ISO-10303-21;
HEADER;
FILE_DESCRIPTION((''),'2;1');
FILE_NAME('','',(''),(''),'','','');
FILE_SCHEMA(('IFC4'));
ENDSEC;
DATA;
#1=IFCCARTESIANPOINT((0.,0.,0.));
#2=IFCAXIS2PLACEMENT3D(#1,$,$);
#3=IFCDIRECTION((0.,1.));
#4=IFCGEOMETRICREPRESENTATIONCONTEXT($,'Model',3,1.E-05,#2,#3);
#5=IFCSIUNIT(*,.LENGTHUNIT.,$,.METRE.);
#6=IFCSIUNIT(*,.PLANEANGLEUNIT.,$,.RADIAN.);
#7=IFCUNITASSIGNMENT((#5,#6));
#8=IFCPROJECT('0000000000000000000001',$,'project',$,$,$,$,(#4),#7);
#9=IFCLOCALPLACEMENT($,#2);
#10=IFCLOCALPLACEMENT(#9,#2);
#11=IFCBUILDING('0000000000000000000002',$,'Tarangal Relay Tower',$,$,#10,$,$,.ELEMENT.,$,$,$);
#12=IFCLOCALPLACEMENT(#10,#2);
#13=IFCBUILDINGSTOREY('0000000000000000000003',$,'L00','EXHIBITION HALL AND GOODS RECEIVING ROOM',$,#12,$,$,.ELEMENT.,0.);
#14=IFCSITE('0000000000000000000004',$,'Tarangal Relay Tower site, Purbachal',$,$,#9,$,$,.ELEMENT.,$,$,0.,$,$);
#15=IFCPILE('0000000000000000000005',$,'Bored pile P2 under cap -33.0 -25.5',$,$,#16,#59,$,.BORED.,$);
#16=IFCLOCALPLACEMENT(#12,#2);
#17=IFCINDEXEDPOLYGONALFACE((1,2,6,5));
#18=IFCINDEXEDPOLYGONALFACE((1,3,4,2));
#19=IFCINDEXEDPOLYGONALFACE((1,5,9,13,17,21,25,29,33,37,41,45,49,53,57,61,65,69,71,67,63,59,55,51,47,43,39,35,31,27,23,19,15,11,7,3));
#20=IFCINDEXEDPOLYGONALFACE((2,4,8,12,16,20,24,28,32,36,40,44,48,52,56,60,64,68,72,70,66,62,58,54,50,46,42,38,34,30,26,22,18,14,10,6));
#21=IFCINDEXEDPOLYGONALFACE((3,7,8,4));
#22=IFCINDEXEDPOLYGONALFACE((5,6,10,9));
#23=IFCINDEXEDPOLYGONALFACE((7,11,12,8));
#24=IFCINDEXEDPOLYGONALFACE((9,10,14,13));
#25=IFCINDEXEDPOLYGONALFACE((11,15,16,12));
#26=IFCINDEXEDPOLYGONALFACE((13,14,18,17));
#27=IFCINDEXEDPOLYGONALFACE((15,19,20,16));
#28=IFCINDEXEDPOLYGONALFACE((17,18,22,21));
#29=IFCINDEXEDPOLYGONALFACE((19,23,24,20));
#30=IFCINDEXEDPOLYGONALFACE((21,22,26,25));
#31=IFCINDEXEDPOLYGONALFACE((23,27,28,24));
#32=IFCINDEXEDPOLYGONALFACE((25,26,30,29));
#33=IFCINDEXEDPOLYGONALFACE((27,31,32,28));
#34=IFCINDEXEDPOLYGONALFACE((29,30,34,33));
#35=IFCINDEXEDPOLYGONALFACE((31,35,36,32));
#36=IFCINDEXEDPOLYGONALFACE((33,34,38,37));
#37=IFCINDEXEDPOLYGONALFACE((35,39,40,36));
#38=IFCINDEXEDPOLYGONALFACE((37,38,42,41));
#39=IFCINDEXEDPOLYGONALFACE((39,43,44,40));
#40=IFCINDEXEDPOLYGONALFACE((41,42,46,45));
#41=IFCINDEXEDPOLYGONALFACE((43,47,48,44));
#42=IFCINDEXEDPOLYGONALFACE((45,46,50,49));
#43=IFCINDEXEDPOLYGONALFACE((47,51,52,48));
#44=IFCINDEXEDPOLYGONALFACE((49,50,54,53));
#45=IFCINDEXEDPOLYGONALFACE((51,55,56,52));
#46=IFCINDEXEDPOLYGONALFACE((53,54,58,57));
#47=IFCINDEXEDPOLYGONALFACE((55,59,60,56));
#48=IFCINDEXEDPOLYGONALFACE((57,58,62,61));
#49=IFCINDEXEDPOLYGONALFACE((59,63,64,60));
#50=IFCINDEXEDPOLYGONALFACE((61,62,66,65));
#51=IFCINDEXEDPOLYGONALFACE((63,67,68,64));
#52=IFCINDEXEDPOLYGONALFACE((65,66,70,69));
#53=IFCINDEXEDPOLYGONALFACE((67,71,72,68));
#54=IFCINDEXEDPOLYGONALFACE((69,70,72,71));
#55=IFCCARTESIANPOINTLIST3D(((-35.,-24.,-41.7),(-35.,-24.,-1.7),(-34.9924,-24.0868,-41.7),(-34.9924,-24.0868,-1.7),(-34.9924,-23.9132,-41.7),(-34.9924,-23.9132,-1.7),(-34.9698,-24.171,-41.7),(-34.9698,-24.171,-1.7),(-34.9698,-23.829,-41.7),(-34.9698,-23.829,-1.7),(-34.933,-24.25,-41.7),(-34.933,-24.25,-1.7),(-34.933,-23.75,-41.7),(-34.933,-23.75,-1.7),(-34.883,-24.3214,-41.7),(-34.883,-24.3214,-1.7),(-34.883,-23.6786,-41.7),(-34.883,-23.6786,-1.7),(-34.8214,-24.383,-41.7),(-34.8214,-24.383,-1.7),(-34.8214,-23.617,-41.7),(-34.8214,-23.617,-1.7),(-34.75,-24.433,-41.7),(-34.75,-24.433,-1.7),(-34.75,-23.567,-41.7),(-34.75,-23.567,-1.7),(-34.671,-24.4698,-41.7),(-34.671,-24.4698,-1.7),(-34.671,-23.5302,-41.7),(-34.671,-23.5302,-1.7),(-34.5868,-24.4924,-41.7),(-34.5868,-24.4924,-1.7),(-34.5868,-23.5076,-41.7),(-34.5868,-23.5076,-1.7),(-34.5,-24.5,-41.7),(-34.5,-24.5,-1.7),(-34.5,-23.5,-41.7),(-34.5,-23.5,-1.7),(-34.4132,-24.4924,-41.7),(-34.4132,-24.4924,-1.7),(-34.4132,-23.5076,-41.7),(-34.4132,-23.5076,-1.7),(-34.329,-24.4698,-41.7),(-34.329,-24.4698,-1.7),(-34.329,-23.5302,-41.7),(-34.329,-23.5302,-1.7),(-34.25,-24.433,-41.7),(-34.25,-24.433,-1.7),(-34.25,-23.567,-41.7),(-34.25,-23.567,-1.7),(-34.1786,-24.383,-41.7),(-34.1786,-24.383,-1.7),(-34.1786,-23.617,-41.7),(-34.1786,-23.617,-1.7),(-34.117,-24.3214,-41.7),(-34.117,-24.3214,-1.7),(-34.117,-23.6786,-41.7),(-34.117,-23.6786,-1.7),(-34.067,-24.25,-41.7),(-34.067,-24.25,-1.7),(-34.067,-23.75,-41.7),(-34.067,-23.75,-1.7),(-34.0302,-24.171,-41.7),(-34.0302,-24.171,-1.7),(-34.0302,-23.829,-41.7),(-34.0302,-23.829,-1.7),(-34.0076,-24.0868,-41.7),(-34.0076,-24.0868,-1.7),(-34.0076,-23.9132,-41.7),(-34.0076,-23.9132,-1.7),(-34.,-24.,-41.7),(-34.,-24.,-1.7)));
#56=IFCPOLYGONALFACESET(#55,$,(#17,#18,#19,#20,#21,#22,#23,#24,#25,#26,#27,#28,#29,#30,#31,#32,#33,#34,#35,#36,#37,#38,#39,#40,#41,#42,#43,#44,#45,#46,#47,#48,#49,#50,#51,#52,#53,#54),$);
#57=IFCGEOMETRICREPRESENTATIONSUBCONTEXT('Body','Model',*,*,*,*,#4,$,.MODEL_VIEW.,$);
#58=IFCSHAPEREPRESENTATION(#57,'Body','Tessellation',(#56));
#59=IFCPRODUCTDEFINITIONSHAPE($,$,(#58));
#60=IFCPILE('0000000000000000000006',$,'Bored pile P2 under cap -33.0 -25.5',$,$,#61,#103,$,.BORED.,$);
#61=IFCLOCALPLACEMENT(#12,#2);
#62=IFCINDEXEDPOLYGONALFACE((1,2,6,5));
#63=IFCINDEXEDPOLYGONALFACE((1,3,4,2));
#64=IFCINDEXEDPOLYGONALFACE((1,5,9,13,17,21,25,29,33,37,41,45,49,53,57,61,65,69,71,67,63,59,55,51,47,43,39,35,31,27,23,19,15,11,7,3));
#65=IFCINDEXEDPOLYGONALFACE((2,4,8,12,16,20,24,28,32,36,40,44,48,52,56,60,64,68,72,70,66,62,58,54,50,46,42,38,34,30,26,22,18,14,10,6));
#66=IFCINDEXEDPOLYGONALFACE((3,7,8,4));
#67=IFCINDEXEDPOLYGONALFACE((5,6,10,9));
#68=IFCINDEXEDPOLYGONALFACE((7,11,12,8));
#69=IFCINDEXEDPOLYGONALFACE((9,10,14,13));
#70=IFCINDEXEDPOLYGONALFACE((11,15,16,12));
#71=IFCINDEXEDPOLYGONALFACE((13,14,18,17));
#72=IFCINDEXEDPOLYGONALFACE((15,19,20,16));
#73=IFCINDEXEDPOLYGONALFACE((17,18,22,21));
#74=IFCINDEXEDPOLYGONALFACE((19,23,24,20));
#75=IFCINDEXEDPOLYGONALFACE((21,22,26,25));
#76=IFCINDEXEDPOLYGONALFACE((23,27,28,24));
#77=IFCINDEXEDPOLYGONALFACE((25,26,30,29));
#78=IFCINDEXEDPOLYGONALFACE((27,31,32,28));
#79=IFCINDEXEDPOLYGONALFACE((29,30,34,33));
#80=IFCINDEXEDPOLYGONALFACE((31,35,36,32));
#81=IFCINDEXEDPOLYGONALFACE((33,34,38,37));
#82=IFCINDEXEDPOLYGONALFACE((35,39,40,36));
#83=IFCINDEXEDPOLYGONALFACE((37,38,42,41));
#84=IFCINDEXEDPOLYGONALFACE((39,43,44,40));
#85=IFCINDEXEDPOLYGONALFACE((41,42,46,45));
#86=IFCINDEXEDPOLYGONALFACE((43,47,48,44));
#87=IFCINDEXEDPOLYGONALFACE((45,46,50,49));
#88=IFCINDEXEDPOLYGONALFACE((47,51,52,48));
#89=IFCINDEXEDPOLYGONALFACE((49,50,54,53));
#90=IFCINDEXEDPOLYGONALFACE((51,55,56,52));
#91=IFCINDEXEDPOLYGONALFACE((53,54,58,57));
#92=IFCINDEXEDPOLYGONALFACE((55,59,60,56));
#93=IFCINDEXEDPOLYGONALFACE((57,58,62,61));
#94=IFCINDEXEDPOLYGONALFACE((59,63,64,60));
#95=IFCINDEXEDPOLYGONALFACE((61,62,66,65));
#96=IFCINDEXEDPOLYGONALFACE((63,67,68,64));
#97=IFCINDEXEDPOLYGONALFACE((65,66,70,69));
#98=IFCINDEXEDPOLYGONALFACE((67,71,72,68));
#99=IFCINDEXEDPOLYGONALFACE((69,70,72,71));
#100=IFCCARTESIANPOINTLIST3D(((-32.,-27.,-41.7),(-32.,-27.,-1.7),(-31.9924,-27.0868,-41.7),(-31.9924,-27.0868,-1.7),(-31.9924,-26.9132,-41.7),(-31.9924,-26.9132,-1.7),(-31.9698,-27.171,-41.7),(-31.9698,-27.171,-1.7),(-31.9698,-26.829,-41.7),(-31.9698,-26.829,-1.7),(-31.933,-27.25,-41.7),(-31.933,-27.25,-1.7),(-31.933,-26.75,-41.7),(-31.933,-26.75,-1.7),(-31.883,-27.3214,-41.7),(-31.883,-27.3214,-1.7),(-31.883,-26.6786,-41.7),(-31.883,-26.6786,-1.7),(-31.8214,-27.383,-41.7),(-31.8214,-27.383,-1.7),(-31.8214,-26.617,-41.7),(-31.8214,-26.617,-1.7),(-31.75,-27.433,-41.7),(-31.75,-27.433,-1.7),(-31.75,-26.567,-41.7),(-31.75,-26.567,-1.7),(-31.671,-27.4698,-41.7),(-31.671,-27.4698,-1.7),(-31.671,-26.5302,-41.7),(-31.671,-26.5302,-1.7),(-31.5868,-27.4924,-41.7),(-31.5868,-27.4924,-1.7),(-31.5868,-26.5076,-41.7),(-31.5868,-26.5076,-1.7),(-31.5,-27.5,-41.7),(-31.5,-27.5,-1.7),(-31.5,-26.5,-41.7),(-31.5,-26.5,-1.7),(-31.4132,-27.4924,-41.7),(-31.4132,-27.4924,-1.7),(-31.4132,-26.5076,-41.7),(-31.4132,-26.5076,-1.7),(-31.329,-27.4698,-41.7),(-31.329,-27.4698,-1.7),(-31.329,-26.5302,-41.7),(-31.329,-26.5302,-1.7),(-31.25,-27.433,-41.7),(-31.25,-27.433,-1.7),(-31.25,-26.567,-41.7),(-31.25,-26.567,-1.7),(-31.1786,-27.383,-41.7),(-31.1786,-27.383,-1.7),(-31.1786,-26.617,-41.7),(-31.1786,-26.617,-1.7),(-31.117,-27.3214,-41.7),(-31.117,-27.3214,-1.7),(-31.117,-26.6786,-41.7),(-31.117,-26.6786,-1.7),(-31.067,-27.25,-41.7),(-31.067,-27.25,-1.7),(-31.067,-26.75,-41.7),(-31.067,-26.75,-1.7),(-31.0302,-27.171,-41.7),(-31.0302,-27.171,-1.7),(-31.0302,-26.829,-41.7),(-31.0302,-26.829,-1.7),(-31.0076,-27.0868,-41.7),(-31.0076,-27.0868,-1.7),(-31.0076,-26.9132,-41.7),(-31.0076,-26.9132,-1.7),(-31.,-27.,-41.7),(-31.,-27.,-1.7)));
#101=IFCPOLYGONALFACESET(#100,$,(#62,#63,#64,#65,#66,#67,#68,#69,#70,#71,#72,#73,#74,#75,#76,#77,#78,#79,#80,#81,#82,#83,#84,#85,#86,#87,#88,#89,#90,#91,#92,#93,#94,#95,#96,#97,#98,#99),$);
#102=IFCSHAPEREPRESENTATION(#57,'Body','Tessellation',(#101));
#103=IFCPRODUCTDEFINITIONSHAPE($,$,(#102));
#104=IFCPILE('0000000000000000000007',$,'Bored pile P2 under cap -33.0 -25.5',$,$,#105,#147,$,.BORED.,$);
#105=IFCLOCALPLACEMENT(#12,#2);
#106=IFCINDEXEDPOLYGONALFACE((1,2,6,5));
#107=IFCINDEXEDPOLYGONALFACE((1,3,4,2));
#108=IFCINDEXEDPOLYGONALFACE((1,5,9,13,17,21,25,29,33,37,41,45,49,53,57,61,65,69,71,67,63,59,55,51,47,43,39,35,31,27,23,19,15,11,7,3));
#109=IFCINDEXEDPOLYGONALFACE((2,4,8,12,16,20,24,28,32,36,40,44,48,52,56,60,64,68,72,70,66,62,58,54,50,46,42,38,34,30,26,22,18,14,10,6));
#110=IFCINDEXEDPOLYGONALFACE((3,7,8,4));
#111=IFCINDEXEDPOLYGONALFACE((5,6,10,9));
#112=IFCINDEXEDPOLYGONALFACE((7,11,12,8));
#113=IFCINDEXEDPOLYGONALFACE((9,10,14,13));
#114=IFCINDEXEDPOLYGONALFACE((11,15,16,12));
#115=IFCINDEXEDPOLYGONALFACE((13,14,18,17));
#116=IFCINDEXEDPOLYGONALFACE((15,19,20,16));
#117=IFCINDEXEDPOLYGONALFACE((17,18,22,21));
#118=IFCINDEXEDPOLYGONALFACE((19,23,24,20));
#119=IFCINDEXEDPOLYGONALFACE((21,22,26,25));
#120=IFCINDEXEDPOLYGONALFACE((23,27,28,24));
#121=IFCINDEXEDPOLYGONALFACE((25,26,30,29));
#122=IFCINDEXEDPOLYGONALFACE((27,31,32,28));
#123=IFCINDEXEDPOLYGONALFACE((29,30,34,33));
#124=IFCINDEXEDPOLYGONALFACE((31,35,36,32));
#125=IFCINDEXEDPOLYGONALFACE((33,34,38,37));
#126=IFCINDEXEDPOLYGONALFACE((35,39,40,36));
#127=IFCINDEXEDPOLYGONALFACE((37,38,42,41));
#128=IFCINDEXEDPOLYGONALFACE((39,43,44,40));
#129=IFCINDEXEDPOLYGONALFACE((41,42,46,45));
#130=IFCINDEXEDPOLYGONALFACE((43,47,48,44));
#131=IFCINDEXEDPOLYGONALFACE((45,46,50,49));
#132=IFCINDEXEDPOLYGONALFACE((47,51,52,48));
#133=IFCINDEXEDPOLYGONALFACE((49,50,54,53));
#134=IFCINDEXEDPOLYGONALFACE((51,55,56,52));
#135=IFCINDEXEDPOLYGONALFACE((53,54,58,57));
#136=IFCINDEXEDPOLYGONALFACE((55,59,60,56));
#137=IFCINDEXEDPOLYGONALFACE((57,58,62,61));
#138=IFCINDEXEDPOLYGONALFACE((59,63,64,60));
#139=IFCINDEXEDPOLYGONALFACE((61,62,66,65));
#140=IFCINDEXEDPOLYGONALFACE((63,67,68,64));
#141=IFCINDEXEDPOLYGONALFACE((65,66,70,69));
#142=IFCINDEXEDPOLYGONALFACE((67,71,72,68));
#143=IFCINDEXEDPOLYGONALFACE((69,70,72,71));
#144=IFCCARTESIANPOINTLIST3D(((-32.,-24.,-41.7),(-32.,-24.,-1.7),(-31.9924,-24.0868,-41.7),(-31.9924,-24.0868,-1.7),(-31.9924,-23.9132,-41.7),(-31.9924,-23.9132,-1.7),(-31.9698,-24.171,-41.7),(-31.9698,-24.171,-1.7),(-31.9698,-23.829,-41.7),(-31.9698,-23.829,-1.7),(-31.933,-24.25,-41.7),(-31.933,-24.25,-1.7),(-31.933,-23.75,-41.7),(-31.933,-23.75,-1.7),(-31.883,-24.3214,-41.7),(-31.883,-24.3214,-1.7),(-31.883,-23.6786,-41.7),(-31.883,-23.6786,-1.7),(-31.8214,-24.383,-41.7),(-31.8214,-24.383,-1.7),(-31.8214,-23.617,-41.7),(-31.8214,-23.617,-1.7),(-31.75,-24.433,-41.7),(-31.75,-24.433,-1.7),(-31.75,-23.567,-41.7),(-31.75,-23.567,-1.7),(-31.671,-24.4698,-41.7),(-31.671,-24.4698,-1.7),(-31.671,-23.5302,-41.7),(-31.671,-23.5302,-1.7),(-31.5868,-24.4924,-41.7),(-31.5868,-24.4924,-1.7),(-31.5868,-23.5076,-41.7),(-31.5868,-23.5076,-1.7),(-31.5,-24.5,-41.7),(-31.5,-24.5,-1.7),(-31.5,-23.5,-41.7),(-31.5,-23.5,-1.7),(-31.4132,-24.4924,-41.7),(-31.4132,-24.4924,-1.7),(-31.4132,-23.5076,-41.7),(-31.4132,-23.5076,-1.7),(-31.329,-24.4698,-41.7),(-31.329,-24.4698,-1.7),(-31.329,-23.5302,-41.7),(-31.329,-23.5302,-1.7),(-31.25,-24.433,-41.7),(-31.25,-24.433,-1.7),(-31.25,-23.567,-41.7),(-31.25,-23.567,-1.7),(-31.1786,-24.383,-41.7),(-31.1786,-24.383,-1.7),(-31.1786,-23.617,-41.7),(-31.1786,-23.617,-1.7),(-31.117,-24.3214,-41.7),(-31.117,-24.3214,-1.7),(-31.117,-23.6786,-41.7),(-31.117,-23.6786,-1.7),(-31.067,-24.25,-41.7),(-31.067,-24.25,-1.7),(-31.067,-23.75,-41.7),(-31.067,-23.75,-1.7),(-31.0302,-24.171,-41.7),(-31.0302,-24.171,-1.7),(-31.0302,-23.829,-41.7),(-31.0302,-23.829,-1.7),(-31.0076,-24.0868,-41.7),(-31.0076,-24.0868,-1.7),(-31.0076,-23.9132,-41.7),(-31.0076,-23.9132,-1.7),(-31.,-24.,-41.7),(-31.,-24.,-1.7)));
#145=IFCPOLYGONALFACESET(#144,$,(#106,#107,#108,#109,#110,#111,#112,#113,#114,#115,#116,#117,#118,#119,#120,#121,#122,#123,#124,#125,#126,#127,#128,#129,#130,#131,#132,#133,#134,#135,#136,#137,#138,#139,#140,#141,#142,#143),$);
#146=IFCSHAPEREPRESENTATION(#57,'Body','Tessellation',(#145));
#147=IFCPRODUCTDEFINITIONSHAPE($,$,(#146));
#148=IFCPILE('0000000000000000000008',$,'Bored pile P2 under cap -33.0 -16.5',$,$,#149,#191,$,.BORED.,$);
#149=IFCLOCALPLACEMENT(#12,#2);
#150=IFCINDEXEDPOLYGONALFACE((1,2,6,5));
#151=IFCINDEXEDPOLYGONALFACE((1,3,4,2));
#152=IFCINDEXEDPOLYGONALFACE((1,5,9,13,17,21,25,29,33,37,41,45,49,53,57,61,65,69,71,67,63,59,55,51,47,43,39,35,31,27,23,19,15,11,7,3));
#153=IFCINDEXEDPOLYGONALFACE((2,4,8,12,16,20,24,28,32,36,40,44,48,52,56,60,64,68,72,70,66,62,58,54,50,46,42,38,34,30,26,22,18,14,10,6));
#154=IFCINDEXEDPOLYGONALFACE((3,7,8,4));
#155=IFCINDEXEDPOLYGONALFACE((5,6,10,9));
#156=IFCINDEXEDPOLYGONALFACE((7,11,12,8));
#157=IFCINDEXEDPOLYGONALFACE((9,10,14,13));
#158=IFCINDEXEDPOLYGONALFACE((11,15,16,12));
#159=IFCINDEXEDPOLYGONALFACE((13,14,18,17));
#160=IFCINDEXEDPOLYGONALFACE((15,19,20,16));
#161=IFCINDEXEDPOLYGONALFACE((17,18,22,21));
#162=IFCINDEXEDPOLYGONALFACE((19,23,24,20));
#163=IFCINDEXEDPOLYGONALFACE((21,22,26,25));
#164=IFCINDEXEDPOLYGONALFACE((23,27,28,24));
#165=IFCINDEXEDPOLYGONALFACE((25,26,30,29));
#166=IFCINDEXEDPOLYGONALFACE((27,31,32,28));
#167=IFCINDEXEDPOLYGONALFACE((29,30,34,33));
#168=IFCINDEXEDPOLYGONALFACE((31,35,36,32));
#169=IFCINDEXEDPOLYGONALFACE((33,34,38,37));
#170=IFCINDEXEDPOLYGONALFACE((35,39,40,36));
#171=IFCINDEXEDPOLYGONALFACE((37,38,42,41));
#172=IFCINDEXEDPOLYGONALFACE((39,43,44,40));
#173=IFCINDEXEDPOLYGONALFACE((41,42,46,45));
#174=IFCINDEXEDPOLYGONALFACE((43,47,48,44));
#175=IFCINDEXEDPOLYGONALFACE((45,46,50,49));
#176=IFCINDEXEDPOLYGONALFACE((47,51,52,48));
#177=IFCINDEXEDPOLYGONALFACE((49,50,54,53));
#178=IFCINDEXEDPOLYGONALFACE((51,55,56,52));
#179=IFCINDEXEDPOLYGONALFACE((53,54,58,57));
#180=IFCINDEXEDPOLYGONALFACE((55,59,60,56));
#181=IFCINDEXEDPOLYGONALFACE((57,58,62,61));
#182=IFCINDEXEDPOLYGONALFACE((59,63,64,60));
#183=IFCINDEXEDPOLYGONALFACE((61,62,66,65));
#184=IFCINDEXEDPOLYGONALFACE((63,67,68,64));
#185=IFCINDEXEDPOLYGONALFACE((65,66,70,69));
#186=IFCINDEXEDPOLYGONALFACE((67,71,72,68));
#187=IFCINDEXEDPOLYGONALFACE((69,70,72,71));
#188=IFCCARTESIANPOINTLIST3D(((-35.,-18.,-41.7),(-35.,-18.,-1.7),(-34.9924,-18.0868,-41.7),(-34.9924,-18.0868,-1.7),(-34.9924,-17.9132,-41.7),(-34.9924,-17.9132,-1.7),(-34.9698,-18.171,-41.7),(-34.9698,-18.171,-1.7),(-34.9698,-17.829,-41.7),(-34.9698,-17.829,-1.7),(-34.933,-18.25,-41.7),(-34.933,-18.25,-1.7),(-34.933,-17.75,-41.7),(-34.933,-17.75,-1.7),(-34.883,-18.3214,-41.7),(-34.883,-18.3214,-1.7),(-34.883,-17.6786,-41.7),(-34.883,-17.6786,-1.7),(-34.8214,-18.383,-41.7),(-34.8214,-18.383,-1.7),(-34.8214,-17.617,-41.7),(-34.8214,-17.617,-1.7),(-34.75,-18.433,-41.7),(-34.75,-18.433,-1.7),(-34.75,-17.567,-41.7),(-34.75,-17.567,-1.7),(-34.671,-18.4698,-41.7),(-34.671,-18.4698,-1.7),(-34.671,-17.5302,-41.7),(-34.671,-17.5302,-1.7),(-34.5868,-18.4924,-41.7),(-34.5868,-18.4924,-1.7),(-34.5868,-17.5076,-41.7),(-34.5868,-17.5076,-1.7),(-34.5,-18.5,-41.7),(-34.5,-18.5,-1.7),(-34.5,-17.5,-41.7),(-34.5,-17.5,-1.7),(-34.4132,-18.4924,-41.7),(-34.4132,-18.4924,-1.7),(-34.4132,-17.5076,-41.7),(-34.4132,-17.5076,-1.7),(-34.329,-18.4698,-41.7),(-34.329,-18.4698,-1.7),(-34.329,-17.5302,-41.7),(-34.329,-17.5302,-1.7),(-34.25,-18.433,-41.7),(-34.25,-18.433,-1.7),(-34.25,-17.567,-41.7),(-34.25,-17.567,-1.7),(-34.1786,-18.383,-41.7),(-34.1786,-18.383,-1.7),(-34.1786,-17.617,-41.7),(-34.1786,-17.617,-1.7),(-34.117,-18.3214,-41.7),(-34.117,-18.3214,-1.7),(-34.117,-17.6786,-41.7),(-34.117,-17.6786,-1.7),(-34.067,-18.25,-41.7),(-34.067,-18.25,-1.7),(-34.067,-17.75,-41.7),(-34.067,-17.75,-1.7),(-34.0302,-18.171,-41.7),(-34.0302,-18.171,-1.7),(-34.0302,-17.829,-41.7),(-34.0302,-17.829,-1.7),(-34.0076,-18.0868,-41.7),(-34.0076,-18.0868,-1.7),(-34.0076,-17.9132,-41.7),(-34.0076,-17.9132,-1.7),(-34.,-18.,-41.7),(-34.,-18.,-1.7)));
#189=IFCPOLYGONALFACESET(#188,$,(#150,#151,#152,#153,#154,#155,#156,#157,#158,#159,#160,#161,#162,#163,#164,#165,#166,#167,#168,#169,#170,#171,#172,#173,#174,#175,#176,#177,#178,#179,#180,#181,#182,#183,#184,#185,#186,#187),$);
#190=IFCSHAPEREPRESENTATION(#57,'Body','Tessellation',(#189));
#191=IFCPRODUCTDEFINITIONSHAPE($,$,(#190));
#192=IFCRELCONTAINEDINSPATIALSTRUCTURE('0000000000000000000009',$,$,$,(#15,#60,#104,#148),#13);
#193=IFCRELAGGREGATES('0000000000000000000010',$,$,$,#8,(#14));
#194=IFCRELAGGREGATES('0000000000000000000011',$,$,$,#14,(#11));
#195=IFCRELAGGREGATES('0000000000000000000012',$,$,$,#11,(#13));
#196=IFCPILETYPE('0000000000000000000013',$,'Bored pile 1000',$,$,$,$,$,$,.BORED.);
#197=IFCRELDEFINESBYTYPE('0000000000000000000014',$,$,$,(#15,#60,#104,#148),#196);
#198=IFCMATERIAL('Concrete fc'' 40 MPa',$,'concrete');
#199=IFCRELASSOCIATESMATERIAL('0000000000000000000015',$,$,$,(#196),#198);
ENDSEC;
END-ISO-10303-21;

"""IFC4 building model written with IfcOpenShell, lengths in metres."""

from ifc_helpers import new_model, si_unit, direction, frame, origin, origin_2d, place, context, subcontext, project, spatial, circle, extrude, material, material_profile, profile_set, type_object, element, save


model = new_model("IFC4")

# Units and contexts
model_context = context("Model", 3, precision=1e-05, world=origin(), true_north=direction((0.0, 1.0)))
body_context = subcontext(model_context, "Body", "Model", "MODEL_VIEW")
ifc_project = project(units=[si_unit("LENGTHUNIT", "METRE"), si_unit("PLANEANGLEUNIT", "RADIAN")], contexts=[model_context])

# Site, building, storey
site_placement = place(None, origin())
site = spatial("IfcSite", under=ifc_project, at=site_placement, Name="Tarangal Relay Tower site, Purbachal", CompositionType="ELEMENT", RefElevation=0.0)
building_placement = place(site_placement, origin())
building = spatial("IfcBuilding", under=site, at=building_placement, Name="Tarangal Relay Tower", CompositionType="ELEMENT")
storey_placement = place(building_placement, origin())
storey = spatial("IfcBuildingStorey", under=building, at=storey_placement, Name="L00", Description="EXHIBITION HALL AND GOODS RECEIVING ROOM", CompositionType="ELEMENT", Elevation=0.0)

# Piles
ifc_material_1 = material(Name="Concrete fc' 40 MPa", Category="concrete")
ifc_material_profile_1 = material_profile(ifc_material_1, circle(Radius=0.5, at=origin_2d()), Name="D1000")
ifc_profile_set_1 = profile_set([ifc_material_profile_1], Name="Concrete fc' 40 MPa")
pile_type_1 = type_object("IfcPileType", Name="Bored pile 1000", PredefinedType="BORED", material=ifc_profile_set_1)
for number, where, z_axis, x_axis, name in (
    (1, (-34.5, -24.0, -1.7), (0.0, 0.0, -1.0), (1.0, 0.0, 0.0), "Bored pile P2 under cap -33.0 -25.5"),
    (2, (-31.5, -27.0, -1.7), (0.0, 0.0, -1.0), (1.0, 0.0, 0.0), "Bored pile P2 under cap -33.0 -25.5"),
    (3, (-31.5, -24.0, -1.7), (0.0, 0.0, -1.0), (1.0, 0.0, 0.0), "Bored pile P2 under cap -33.0 -25.5"),
    (4, (-34.5, -18.0, -1.7), (0.0, 0.0, -1.0), (1.0, 0.0, 0.0), "Bored pile P2 under cap -33.0 -16.5"),
):
    element("IfcPile", number, at=place(storey_placement, frame(where, z_axis=z_axis, x_axis=x_axis)), inside=storey, type_object=pile_type_1, Name=name, PredefinedType="BORED", context=body_context, shape_type="SweptSolid", body=[
        extrude(circle(Radius=0.5, at=origin_2d()), origin(), (0.0, 0.0, 1.0), 40.0),
    ])

save(model, "model.ifc")
